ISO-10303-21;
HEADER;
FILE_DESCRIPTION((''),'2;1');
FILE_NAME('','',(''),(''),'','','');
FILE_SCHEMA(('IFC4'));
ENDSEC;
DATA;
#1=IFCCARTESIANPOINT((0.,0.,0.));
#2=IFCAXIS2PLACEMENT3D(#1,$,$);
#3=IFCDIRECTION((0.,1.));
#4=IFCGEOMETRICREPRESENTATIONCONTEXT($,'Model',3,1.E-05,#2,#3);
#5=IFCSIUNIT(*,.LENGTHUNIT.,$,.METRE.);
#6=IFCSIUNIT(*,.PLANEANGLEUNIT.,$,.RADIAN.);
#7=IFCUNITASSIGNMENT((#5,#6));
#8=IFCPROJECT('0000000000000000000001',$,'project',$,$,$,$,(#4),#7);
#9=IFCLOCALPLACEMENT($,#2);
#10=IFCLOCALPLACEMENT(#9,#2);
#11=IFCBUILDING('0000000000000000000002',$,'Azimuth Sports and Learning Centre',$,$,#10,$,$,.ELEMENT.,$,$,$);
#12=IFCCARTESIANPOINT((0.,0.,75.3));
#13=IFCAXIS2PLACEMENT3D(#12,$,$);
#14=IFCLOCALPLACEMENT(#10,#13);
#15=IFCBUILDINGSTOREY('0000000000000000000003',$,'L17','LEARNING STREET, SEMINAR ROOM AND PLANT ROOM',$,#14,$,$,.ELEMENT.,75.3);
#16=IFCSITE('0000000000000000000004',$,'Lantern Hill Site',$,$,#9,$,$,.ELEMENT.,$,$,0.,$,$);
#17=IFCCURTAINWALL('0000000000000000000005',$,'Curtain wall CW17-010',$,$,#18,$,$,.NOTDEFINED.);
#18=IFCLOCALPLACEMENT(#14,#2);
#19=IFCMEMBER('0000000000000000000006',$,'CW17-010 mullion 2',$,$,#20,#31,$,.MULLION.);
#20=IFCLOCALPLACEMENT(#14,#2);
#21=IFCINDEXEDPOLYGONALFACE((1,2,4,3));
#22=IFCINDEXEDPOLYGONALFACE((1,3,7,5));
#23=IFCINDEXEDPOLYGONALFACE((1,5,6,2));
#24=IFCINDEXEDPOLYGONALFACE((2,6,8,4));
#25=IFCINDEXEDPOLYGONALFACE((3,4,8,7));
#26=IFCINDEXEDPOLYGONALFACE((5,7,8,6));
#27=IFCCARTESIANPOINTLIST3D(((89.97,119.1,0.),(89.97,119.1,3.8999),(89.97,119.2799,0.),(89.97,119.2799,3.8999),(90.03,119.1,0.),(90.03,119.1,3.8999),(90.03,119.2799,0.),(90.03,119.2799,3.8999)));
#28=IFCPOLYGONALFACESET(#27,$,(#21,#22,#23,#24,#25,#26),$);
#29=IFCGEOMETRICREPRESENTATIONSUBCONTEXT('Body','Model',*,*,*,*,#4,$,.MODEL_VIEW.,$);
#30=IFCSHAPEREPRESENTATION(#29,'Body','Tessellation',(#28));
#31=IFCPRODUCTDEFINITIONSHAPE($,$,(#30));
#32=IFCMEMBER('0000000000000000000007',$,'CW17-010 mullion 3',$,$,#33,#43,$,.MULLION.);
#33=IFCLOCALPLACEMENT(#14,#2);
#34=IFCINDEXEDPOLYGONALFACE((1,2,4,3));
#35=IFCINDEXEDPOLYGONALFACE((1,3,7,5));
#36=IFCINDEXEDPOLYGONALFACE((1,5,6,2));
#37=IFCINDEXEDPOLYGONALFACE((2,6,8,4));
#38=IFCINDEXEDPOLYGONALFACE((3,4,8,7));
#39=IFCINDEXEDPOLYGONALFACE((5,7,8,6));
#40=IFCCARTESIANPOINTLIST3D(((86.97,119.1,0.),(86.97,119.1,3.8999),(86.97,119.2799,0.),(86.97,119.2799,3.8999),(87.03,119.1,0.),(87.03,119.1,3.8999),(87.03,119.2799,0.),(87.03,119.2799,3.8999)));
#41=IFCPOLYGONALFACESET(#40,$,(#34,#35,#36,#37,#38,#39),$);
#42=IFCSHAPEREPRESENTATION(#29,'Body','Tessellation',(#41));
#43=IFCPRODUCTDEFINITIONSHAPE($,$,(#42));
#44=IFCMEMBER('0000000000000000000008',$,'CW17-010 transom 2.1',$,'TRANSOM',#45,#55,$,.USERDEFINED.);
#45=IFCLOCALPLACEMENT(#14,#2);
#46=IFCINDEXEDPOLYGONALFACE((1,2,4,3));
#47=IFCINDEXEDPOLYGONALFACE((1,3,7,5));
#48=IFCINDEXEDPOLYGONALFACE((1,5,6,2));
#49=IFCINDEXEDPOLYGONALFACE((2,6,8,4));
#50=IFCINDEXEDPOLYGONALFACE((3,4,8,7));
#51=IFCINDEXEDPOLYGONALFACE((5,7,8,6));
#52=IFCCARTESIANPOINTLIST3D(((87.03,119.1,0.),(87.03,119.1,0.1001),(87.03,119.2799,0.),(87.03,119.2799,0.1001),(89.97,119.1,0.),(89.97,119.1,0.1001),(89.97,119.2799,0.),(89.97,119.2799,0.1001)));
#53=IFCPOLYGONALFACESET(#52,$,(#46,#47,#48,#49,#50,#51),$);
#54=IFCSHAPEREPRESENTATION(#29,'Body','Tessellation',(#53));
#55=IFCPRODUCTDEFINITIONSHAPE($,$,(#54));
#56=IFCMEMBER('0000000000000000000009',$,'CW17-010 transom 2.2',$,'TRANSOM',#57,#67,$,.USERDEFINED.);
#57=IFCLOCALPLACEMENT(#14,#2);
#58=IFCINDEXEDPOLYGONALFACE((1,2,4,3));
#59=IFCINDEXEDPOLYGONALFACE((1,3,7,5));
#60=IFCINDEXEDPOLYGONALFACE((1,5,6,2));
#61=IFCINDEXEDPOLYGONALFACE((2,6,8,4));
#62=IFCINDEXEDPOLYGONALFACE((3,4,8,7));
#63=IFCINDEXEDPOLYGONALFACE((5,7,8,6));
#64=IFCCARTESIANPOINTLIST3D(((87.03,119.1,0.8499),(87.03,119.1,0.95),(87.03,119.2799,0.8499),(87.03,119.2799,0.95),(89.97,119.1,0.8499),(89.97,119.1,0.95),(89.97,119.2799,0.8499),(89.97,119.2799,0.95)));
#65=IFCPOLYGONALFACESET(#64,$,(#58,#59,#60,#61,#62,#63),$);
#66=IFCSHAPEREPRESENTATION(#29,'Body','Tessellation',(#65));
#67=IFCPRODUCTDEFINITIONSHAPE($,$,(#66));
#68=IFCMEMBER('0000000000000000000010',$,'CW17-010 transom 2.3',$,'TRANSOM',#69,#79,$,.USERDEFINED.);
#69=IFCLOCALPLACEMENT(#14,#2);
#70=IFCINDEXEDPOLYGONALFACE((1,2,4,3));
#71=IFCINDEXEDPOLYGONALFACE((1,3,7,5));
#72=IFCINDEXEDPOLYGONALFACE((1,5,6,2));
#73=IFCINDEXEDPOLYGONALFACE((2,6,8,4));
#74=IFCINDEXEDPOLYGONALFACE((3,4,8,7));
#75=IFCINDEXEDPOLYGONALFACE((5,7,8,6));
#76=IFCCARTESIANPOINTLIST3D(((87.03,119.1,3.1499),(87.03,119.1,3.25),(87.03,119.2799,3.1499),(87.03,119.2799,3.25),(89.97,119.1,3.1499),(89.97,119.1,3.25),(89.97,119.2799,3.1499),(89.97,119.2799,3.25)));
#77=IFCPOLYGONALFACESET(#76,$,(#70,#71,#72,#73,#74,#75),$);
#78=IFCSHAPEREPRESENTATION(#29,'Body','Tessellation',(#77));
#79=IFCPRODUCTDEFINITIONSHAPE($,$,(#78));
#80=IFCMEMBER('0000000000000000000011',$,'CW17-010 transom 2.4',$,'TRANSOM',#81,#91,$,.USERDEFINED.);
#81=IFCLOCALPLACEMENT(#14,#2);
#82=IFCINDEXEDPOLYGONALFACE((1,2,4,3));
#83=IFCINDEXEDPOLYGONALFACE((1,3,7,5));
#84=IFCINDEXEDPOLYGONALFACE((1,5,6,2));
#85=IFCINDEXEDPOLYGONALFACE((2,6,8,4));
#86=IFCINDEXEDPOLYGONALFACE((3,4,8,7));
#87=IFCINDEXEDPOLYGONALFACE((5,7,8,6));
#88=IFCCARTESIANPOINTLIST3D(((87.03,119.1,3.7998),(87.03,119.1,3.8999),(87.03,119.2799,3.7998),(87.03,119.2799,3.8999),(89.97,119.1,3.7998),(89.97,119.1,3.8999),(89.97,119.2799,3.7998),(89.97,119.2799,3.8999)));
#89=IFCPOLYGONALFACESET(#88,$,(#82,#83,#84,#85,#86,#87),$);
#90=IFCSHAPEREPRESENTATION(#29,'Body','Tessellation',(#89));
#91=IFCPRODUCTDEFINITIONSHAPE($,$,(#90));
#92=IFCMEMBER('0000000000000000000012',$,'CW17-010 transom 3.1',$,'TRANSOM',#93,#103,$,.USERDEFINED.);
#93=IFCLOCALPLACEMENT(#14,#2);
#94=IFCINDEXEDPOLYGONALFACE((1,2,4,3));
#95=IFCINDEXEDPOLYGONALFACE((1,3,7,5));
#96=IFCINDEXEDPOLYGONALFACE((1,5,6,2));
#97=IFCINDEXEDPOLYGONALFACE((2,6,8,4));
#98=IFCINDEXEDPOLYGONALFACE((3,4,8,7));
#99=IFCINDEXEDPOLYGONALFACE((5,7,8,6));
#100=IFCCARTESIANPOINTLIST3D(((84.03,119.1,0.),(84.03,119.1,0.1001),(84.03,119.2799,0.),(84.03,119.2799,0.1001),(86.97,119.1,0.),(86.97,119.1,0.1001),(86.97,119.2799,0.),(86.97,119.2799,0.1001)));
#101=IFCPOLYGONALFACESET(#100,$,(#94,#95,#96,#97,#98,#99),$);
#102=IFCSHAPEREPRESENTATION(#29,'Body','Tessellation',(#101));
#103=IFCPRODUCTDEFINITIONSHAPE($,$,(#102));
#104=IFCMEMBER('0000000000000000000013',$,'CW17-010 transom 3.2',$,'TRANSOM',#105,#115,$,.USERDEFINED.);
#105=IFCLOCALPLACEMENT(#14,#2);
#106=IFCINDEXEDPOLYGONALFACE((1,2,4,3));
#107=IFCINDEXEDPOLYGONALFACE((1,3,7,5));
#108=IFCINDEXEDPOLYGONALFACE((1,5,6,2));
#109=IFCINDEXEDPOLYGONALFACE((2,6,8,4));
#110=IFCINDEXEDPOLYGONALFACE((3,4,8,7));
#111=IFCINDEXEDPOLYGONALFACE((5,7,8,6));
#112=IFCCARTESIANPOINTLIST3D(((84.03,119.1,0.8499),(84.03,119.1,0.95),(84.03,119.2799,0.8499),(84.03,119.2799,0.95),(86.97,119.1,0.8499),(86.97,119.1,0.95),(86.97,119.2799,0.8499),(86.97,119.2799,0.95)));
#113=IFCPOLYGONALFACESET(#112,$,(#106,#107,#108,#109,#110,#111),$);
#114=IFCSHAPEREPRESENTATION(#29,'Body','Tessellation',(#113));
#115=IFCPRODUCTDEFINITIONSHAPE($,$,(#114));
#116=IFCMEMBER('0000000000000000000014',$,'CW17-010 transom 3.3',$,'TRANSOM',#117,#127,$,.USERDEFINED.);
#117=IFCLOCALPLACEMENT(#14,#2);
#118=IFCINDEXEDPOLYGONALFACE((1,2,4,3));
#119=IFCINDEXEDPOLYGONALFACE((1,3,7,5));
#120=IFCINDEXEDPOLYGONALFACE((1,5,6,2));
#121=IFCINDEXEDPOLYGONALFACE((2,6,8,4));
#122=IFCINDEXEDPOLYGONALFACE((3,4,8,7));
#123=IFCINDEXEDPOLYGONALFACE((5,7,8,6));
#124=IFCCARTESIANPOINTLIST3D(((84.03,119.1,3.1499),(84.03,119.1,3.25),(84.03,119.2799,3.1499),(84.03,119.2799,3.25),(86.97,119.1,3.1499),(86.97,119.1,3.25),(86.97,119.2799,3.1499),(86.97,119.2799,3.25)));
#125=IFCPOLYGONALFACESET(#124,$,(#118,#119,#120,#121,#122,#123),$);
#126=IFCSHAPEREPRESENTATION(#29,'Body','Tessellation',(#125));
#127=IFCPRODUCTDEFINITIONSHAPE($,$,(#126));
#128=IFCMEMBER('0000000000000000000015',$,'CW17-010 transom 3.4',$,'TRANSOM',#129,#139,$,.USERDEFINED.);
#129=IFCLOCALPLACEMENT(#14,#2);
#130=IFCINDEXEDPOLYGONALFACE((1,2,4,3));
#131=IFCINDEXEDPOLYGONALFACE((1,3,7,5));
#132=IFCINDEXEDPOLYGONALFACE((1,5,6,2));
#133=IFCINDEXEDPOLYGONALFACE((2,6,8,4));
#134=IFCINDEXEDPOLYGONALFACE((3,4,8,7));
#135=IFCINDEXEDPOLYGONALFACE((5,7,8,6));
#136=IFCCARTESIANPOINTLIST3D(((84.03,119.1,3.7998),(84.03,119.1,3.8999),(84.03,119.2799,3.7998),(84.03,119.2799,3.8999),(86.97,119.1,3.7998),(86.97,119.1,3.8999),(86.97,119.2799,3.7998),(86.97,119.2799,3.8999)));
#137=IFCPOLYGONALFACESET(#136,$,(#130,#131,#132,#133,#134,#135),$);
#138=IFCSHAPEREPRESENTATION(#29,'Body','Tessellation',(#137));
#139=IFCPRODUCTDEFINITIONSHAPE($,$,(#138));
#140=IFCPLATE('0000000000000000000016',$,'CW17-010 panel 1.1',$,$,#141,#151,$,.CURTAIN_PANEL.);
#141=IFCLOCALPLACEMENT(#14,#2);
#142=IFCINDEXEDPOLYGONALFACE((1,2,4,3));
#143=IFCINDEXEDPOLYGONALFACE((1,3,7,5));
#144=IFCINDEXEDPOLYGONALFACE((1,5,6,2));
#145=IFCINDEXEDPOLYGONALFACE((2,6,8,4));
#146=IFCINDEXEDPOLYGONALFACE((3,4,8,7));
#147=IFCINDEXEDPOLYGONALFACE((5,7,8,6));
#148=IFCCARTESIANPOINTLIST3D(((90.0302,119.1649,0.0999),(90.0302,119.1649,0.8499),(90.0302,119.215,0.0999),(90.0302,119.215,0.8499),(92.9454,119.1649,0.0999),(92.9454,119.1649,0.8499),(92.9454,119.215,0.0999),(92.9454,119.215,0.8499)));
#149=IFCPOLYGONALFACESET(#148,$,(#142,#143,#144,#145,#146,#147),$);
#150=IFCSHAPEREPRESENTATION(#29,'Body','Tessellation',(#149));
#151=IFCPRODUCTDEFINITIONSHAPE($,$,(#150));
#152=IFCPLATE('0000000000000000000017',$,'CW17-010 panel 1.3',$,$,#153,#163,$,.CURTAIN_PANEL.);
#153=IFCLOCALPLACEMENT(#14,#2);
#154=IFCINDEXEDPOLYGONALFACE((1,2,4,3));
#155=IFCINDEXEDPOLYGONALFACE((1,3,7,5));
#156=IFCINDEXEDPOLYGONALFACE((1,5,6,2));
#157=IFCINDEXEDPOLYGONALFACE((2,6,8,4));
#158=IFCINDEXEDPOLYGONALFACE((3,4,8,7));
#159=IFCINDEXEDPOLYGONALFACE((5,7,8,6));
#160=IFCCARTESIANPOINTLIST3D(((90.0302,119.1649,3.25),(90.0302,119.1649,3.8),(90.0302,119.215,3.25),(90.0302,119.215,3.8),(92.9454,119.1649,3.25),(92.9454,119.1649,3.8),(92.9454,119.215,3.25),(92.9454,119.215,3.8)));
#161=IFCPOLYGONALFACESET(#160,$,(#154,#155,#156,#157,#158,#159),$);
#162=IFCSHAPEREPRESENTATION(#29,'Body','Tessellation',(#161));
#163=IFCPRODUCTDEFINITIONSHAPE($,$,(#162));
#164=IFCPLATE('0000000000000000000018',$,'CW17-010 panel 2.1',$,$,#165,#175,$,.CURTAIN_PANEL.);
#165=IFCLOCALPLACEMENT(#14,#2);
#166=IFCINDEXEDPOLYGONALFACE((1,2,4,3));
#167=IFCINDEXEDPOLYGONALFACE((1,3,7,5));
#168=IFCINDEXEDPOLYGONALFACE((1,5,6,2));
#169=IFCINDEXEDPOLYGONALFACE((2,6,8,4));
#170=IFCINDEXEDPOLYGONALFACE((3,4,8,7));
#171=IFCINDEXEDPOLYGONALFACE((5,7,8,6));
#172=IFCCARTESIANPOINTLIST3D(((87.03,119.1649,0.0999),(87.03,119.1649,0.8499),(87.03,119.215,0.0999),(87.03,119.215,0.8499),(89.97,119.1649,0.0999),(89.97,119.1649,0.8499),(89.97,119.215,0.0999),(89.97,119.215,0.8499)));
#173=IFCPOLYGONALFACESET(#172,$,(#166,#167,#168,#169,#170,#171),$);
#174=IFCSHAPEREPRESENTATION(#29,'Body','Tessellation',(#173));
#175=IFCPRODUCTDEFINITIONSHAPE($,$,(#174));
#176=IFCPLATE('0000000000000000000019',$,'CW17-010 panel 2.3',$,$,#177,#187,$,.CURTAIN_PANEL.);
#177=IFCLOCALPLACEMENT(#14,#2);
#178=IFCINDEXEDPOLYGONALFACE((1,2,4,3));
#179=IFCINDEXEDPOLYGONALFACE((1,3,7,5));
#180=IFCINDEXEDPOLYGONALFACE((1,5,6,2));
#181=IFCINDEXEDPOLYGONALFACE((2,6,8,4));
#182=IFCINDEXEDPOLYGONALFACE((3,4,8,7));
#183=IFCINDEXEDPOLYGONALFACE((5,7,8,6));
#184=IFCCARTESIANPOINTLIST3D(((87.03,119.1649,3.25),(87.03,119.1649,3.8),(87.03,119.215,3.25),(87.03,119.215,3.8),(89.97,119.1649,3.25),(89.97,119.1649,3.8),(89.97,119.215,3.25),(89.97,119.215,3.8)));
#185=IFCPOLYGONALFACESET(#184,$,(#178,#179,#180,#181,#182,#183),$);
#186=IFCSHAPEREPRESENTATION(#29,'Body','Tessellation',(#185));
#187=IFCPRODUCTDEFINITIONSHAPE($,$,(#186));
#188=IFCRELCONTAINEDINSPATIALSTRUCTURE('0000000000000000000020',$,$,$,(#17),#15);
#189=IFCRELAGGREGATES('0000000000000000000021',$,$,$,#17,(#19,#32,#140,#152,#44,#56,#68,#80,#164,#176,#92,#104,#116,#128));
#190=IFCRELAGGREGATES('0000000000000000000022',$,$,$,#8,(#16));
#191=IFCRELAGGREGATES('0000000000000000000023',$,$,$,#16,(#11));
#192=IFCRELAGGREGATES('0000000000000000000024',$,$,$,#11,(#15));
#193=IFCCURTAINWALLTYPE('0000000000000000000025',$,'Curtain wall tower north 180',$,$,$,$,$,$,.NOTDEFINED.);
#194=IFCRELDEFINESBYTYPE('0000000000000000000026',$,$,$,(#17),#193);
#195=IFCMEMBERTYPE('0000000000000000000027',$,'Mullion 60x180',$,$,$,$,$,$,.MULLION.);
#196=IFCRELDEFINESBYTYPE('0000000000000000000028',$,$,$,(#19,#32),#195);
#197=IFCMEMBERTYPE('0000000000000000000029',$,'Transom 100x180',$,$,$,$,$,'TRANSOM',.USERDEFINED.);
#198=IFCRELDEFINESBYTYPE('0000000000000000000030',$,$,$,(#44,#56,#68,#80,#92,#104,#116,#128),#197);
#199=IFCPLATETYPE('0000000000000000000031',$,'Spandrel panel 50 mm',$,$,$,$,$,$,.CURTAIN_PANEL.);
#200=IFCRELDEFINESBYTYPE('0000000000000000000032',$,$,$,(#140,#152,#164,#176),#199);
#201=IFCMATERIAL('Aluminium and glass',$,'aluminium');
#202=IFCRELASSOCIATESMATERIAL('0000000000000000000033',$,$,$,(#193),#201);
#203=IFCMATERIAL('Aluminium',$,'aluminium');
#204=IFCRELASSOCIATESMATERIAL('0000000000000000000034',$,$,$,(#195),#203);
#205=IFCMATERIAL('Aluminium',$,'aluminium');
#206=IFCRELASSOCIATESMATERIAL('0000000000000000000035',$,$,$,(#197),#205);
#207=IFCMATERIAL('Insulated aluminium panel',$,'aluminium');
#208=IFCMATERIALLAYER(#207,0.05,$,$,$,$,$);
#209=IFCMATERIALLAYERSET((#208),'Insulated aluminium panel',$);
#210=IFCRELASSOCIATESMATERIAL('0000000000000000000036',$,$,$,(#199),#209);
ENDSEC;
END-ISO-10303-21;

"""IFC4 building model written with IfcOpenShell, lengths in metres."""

from ifc_helpers import new_model, si_unit, direction, frame, origin, origin_2d, place, context, subcontext, project, spatial, rectangle, extrude, material, layer, layer_set, material_profile, profile_set, type_object, element, aggregate, save


model = new_model("IFC4")

# Units and contexts
model_context = context("Model", 3, precision=1e-05, world=origin(), true_north=direction((0.0, 1.0)))
body_context = subcontext(model_context, "Body", "Model", "MODEL_VIEW")
ifc_project = project(units=[si_unit("LENGTHUNIT", "METRE"), si_unit("PLANEANGLEUNIT", "RADIAN")], contexts=[model_context])

# Site, building, storey
site_placement = place(None, origin())
site = spatial("IfcSite", under=ifc_project, at=site_placement, Name="Lantern Hill Site", CompositionType="ELEMENT", RefElevation=0.0)
building_placement = place(site_placement, origin())
building = spatial("IfcBuilding", under=site, at=building_placement, Name="Azimuth Sports and Learning Centre", CompositionType="ELEMENT")
storey_placement = place(building_placement, frame((0.0, 0.0, 75.3)))
storey = spatial("IfcBuildingStorey", under=building, at=storey_placement, Name="L17", Description="LEARNING STREET, SEMINAR ROOM AND PLANT ROOM", CompositionType="ELEMENT", Elevation=75.3)

# Curtain wall, members, plates
ifc_material_1 = material(Name="Aluminium and glass", Category="aluminium")
curtain_wall_type = type_object("IfcCurtainWallType", Name="Curtain wall tower north 180", PredefinedType="NOTDEFINED", material=ifc_material_1)
curtain_wall_placement = place(storey_placement, origin())
curtain_wall = element("IfcCurtainWall", 1, at=curtain_wall_placement, inside=storey, type_object=curtain_wall_type, Name="Curtain wall CW17-010", PredefinedType="NOTDEFINED")
ifc_material_2 = material(Name="Aluminium", Category="aluminium")
ifc_material_profile_1 = material_profile(ifc_material_2, rectangle(XDim=0.1799, YDim=0.0601, at=origin_2d()), Name="Mullion 60x180")
ifc_profile_set_1 = profile_set([ifc_material_profile_1], Name="Aluminium")
member_type_1 = type_object("IfcMemberType", Name="Mullion 60x180", PredefinedType="MULLION", material=ifc_profile_set_1)
member_1_placement = place(storey_placement, frame((90.0, 119.1899, 0.0), z_axis=(0.0, 0.0, 1.0), x_axis=(0.0, -1.0, 0.0)))
member_1 = element("IfcMember", 2, at=member_1_placement, type_object=member_type_1, Name="CW17-010 mullion 2", PredefinedType="MULLION", context=body_context, shape_type="SweptSolid", body=[
    extrude(rectangle(XDim=0.1799, YDim=0.0601, at=origin_2d()), origin(), (0.0, 0.0, 1.0), 3.8999),
])
member_2_placement = place(storey_placement, frame((87.0, 119.1899, 0.0), z_axis=(0.0, 0.0, 1.0), x_axis=(0.0, -1.0, 0.0)))
member_2 = element("IfcMember", 3, at=member_2_placement, type_object=member_type_1, Name="CW17-010 mullion 3", PredefinedType="MULLION", context=body_context, shape_type="SweptSolid", body=[
    extrude(rectangle(XDim=0.1799, YDim=0.0601, at=origin_2d()), origin(), (0.0, 0.0, 1.0), 3.8999),
])
ifc_material_3 = material(Name="Aluminium", Category="aluminium")
ifc_material_profile_2 = material_profile(ifc_material_3, rectangle(XDim=0.1799, YDim=0.1001, at=origin_2d()), Name="Transom 100x180")
ifc_profile_set_2 = profile_set([ifc_material_profile_2], Name="Aluminium")
member_type_2 = type_object("IfcMemberType", Name="Transom 100x180", ElementType="TRANSOM", PredefinedType="USERDEFINED", material=ifc_profile_set_2)
member_3_placement = place(storey_placement, frame((89.97, 119.1899, 0.05), z_axis=(-1.0, 0.0, 0.0), x_axis=(0.0, -1.0, 0.0)))
member_3 = element("IfcMember", 4, at=member_3_placement, type_object=member_type_2, Name="CW17-010 transom 2.1", ObjectType="TRANSOM", PredefinedType="USERDEFINED", context=body_context, shape_type="SweptSolid", body=[
    extrude(rectangle(XDim=0.1799, YDim=0.1001, at=origin_2d()), origin(), (0.0, 0.0, 1.0), 2.9399),
])
member_4_placement = place(storey_placement, frame((89.97, 119.1899, 0.8999), z_axis=(-1.0, 0.0, 0.0), x_axis=(0.0, -1.0, 0.0)))
member_4 = element("IfcMember", 5, at=member_4_placement, type_object=member_type_2, Name="CW17-010 transom 2.2", ObjectType="TRANSOM", PredefinedType="USERDEFINED", context=body_context, shape_type="SweptSolid", body=[
    extrude(rectangle(XDim=0.1799, YDim=0.1001, at=origin_2d()), origin(), (0.0, 0.0, 1.0), 2.9399),
])
member_5_placement = place(storey_placement, frame((89.97, 119.1899, 3.2), z_axis=(-1.0, 0.0, 0.0), x_axis=(0.0, -1.0, 0.0)))
member_5 = element("IfcMember", 6, at=member_5_placement, type_object=member_type_2, Name="CW17-010 transom 2.3", ObjectType="TRANSOM", PredefinedType="USERDEFINED", context=body_context, shape_type="SweptSolid", body=[
    extrude(rectangle(XDim=0.1799, YDim=0.1001, at=origin_2d()), origin(), (0.0, 0.0, 1.0), 2.9399),
])
member_6_placement = place(storey_placement, frame((89.97, 119.1899, 3.8499), z_axis=(-1.0, 0.0, 0.0), x_axis=(0.0, -1.0, 0.0)))
member_6 = element("IfcMember", 7, at=member_6_placement, type_object=member_type_2, Name="CW17-010 transom 2.4", ObjectType="TRANSOM", PredefinedType="USERDEFINED", context=body_context, shape_type="SweptSolid", body=[
    extrude(rectangle(XDim=0.1799, YDim=0.1001, at=origin_2d()), origin(), (0.0, 0.0, 1.0), 2.9399),
])
member_7_placement = place(storey_placement, frame((86.97, 119.1899, 0.05), z_axis=(-1.0, 0.0, 0.0), x_axis=(0.0, -1.0, 0.0)))
member_7 = element("IfcMember", 8, at=member_7_placement, type_object=member_type_2, Name="CW17-010 transom 3.1", ObjectType="TRANSOM", PredefinedType="USERDEFINED", context=body_context, shape_type="SweptSolid", body=[
    extrude(rectangle(XDim=0.1799, YDim=0.1001, at=origin_2d()), origin(), (0.0, 0.0, 1.0), 2.9399),
])
member_8_placement = place(storey_placement, frame((86.97, 119.1899, 0.8999), z_axis=(-1.0, 0.0, 0.0), x_axis=(0.0, -1.0, 0.0)))
member_8 = element("IfcMember", 9, at=member_8_placement, type_object=member_type_2, Name="CW17-010 transom 3.2", ObjectType="TRANSOM", PredefinedType="USERDEFINED", context=body_context, shape_type="SweptSolid", body=[
    extrude(rectangle(XDim=0.1799, YDim=0.1001, at=origin_2d()), origin(), (0.0, 0.0, 1.0), 2.9399),
])
member_9_placement = place(storey_placement, frame((86.97, 119.1899, 3.2), z_axis=(-1.0, 0.0, 0.0), x_axis=(0.0, -1.0, 0.0)))
member_9 = element("IfcMember", 10, at=member_9_placement, type_object=member_type_2, Name="CW17-010 transom 3.3", ObjectType="TRANSOM", PredefinedType="USERDEFINED", context=body_context, shape_type="SweptSolid", body=[
    extrude(rectangle(XDim=0.1799, YDim=0.1001, at=origin_2d()), origin(), (0.0, 0.0, 1.0), 2.9399),
])
member_10_placement = place(storey_placement, frame((86.97, 119.1899, 3.8499), z_axis=(-1.0, 0.0, 0.0), x_axis=(0.0, -1.0, 0.0)))
member_10 = element("IfcMember", 11, at=member_10_placement, type_object=member_type_2, Name="CW17-010 transom 3.4", ObjectType="TRANSOM", PredefinedType="USERDEFINED", context=body_context, shape_type="SweptSolid", body=[
    extrude(rectangle(XDim=0.1799, YDim=0.1001, at=origin_2d()), origin(), (0.0, 0.0, 1.0), 2.9399),
])
ifc_material_4 = material(Name="Insulated aluminium panel", Category="aluminium")
ifc_layer_1 = layer(ifc_material_4, 0.05)
ifc_layer_set_1 = layer_set([ifc_layer_1], Name="Insulated aluminium panel")
plate_type_1 = type_object("IfcPlateType", Name="Spandrel panel 50 mm", PredefinedType="CURTAIN_PANEL", material=ifc_layer_set_1)
plate_1_placement = place(storey_placement, frame((91.4878, 119.1899, 0.0999), z_axis=(0.0, 0.0, 1.0), x_axis=(-1.0, 0.0, 0.0)))
plate_1 = element("IfcPlate", 12, at=plate_1_placement, type_object=plate_type_1, Name="CW17-010 panel 1.1", PredefinedType="CURTAIN_PANEL", context=body_context, shape_type="SweptSolid", body=[
    extrude(rectangle(XDim=2.9153, YDim=0.05, at=origin_2d()), origin(), (0.0, 0.0, 1.0), 0.75),
])
plate_2_placement = place(storey_placement, frame((91.4878, 119.1899, 3.25), z_axis=(0.0, 0.0, 1.0), x_axis=(-1.0, 0.0, 0.0)))
plate_2 = element("IfcPlate", 13, at=plate_2_placement, type_object=plate_type_1, Name="CW17-010 panel 1.3", PredefinedType="CURTAIN_PANEL", context=body_context, shape_type="SweptSolid", body=[
    extrude(rectangle(XDim=2.9153, YDim=0.05, at=origin_2d()), origin(), (0.0, 0.0, 1.0), 0.55),
])
plate_3_placement = place(storey_placement, frame((88.5, 119.1899, 0.0999), z_axis=(0.0, 0.0, 1.0), x_axis=(-1.0, 0.0, 0.0)))
plate_3 = element("IfcPlate", 14, at=plate_3_placement, type_object=plate_type_1, Name="CW17-010 panel 2.1", PredefinedType="CURTAIN_PANEL", context=body_context, shape_type="SweptSolid", body=[
    extrude(rectangle(XDim=2.9399, YDim=0.05, at=origin_2d()), origin(), (0.0, 0.0, 1.0), 0.75),
])
plate_4_placement = place(storey_placement, frame((88.5, 119.1899, 3.25), z_axis=(0.0, 0.0, 1.0), x_axis=(-1.0, 0.0, 0.0)))
plate_4 = element("IfcPlate", 15, at=plate_4_placement, type_object=plate_type_1, Name="CW17-010 panel 2.3", PredefinedType="CURTAIN_PANEL", context=body_context, shape_type="SweptSolid", body=[
    extrude(rectangle(XDim=2.9399, YDim=0.05, at=origin_2d()), origin(), (0.0, 0.0, 1.0), 0.55),
])
aggregate(curtain_wall, [member_1, member_2, plate_1, plate_2, member_3, member_4, member_5, member_6, plate_3, plate_4, member_7, member_8, member_9, member_10])

save(model, "model.ifc")
